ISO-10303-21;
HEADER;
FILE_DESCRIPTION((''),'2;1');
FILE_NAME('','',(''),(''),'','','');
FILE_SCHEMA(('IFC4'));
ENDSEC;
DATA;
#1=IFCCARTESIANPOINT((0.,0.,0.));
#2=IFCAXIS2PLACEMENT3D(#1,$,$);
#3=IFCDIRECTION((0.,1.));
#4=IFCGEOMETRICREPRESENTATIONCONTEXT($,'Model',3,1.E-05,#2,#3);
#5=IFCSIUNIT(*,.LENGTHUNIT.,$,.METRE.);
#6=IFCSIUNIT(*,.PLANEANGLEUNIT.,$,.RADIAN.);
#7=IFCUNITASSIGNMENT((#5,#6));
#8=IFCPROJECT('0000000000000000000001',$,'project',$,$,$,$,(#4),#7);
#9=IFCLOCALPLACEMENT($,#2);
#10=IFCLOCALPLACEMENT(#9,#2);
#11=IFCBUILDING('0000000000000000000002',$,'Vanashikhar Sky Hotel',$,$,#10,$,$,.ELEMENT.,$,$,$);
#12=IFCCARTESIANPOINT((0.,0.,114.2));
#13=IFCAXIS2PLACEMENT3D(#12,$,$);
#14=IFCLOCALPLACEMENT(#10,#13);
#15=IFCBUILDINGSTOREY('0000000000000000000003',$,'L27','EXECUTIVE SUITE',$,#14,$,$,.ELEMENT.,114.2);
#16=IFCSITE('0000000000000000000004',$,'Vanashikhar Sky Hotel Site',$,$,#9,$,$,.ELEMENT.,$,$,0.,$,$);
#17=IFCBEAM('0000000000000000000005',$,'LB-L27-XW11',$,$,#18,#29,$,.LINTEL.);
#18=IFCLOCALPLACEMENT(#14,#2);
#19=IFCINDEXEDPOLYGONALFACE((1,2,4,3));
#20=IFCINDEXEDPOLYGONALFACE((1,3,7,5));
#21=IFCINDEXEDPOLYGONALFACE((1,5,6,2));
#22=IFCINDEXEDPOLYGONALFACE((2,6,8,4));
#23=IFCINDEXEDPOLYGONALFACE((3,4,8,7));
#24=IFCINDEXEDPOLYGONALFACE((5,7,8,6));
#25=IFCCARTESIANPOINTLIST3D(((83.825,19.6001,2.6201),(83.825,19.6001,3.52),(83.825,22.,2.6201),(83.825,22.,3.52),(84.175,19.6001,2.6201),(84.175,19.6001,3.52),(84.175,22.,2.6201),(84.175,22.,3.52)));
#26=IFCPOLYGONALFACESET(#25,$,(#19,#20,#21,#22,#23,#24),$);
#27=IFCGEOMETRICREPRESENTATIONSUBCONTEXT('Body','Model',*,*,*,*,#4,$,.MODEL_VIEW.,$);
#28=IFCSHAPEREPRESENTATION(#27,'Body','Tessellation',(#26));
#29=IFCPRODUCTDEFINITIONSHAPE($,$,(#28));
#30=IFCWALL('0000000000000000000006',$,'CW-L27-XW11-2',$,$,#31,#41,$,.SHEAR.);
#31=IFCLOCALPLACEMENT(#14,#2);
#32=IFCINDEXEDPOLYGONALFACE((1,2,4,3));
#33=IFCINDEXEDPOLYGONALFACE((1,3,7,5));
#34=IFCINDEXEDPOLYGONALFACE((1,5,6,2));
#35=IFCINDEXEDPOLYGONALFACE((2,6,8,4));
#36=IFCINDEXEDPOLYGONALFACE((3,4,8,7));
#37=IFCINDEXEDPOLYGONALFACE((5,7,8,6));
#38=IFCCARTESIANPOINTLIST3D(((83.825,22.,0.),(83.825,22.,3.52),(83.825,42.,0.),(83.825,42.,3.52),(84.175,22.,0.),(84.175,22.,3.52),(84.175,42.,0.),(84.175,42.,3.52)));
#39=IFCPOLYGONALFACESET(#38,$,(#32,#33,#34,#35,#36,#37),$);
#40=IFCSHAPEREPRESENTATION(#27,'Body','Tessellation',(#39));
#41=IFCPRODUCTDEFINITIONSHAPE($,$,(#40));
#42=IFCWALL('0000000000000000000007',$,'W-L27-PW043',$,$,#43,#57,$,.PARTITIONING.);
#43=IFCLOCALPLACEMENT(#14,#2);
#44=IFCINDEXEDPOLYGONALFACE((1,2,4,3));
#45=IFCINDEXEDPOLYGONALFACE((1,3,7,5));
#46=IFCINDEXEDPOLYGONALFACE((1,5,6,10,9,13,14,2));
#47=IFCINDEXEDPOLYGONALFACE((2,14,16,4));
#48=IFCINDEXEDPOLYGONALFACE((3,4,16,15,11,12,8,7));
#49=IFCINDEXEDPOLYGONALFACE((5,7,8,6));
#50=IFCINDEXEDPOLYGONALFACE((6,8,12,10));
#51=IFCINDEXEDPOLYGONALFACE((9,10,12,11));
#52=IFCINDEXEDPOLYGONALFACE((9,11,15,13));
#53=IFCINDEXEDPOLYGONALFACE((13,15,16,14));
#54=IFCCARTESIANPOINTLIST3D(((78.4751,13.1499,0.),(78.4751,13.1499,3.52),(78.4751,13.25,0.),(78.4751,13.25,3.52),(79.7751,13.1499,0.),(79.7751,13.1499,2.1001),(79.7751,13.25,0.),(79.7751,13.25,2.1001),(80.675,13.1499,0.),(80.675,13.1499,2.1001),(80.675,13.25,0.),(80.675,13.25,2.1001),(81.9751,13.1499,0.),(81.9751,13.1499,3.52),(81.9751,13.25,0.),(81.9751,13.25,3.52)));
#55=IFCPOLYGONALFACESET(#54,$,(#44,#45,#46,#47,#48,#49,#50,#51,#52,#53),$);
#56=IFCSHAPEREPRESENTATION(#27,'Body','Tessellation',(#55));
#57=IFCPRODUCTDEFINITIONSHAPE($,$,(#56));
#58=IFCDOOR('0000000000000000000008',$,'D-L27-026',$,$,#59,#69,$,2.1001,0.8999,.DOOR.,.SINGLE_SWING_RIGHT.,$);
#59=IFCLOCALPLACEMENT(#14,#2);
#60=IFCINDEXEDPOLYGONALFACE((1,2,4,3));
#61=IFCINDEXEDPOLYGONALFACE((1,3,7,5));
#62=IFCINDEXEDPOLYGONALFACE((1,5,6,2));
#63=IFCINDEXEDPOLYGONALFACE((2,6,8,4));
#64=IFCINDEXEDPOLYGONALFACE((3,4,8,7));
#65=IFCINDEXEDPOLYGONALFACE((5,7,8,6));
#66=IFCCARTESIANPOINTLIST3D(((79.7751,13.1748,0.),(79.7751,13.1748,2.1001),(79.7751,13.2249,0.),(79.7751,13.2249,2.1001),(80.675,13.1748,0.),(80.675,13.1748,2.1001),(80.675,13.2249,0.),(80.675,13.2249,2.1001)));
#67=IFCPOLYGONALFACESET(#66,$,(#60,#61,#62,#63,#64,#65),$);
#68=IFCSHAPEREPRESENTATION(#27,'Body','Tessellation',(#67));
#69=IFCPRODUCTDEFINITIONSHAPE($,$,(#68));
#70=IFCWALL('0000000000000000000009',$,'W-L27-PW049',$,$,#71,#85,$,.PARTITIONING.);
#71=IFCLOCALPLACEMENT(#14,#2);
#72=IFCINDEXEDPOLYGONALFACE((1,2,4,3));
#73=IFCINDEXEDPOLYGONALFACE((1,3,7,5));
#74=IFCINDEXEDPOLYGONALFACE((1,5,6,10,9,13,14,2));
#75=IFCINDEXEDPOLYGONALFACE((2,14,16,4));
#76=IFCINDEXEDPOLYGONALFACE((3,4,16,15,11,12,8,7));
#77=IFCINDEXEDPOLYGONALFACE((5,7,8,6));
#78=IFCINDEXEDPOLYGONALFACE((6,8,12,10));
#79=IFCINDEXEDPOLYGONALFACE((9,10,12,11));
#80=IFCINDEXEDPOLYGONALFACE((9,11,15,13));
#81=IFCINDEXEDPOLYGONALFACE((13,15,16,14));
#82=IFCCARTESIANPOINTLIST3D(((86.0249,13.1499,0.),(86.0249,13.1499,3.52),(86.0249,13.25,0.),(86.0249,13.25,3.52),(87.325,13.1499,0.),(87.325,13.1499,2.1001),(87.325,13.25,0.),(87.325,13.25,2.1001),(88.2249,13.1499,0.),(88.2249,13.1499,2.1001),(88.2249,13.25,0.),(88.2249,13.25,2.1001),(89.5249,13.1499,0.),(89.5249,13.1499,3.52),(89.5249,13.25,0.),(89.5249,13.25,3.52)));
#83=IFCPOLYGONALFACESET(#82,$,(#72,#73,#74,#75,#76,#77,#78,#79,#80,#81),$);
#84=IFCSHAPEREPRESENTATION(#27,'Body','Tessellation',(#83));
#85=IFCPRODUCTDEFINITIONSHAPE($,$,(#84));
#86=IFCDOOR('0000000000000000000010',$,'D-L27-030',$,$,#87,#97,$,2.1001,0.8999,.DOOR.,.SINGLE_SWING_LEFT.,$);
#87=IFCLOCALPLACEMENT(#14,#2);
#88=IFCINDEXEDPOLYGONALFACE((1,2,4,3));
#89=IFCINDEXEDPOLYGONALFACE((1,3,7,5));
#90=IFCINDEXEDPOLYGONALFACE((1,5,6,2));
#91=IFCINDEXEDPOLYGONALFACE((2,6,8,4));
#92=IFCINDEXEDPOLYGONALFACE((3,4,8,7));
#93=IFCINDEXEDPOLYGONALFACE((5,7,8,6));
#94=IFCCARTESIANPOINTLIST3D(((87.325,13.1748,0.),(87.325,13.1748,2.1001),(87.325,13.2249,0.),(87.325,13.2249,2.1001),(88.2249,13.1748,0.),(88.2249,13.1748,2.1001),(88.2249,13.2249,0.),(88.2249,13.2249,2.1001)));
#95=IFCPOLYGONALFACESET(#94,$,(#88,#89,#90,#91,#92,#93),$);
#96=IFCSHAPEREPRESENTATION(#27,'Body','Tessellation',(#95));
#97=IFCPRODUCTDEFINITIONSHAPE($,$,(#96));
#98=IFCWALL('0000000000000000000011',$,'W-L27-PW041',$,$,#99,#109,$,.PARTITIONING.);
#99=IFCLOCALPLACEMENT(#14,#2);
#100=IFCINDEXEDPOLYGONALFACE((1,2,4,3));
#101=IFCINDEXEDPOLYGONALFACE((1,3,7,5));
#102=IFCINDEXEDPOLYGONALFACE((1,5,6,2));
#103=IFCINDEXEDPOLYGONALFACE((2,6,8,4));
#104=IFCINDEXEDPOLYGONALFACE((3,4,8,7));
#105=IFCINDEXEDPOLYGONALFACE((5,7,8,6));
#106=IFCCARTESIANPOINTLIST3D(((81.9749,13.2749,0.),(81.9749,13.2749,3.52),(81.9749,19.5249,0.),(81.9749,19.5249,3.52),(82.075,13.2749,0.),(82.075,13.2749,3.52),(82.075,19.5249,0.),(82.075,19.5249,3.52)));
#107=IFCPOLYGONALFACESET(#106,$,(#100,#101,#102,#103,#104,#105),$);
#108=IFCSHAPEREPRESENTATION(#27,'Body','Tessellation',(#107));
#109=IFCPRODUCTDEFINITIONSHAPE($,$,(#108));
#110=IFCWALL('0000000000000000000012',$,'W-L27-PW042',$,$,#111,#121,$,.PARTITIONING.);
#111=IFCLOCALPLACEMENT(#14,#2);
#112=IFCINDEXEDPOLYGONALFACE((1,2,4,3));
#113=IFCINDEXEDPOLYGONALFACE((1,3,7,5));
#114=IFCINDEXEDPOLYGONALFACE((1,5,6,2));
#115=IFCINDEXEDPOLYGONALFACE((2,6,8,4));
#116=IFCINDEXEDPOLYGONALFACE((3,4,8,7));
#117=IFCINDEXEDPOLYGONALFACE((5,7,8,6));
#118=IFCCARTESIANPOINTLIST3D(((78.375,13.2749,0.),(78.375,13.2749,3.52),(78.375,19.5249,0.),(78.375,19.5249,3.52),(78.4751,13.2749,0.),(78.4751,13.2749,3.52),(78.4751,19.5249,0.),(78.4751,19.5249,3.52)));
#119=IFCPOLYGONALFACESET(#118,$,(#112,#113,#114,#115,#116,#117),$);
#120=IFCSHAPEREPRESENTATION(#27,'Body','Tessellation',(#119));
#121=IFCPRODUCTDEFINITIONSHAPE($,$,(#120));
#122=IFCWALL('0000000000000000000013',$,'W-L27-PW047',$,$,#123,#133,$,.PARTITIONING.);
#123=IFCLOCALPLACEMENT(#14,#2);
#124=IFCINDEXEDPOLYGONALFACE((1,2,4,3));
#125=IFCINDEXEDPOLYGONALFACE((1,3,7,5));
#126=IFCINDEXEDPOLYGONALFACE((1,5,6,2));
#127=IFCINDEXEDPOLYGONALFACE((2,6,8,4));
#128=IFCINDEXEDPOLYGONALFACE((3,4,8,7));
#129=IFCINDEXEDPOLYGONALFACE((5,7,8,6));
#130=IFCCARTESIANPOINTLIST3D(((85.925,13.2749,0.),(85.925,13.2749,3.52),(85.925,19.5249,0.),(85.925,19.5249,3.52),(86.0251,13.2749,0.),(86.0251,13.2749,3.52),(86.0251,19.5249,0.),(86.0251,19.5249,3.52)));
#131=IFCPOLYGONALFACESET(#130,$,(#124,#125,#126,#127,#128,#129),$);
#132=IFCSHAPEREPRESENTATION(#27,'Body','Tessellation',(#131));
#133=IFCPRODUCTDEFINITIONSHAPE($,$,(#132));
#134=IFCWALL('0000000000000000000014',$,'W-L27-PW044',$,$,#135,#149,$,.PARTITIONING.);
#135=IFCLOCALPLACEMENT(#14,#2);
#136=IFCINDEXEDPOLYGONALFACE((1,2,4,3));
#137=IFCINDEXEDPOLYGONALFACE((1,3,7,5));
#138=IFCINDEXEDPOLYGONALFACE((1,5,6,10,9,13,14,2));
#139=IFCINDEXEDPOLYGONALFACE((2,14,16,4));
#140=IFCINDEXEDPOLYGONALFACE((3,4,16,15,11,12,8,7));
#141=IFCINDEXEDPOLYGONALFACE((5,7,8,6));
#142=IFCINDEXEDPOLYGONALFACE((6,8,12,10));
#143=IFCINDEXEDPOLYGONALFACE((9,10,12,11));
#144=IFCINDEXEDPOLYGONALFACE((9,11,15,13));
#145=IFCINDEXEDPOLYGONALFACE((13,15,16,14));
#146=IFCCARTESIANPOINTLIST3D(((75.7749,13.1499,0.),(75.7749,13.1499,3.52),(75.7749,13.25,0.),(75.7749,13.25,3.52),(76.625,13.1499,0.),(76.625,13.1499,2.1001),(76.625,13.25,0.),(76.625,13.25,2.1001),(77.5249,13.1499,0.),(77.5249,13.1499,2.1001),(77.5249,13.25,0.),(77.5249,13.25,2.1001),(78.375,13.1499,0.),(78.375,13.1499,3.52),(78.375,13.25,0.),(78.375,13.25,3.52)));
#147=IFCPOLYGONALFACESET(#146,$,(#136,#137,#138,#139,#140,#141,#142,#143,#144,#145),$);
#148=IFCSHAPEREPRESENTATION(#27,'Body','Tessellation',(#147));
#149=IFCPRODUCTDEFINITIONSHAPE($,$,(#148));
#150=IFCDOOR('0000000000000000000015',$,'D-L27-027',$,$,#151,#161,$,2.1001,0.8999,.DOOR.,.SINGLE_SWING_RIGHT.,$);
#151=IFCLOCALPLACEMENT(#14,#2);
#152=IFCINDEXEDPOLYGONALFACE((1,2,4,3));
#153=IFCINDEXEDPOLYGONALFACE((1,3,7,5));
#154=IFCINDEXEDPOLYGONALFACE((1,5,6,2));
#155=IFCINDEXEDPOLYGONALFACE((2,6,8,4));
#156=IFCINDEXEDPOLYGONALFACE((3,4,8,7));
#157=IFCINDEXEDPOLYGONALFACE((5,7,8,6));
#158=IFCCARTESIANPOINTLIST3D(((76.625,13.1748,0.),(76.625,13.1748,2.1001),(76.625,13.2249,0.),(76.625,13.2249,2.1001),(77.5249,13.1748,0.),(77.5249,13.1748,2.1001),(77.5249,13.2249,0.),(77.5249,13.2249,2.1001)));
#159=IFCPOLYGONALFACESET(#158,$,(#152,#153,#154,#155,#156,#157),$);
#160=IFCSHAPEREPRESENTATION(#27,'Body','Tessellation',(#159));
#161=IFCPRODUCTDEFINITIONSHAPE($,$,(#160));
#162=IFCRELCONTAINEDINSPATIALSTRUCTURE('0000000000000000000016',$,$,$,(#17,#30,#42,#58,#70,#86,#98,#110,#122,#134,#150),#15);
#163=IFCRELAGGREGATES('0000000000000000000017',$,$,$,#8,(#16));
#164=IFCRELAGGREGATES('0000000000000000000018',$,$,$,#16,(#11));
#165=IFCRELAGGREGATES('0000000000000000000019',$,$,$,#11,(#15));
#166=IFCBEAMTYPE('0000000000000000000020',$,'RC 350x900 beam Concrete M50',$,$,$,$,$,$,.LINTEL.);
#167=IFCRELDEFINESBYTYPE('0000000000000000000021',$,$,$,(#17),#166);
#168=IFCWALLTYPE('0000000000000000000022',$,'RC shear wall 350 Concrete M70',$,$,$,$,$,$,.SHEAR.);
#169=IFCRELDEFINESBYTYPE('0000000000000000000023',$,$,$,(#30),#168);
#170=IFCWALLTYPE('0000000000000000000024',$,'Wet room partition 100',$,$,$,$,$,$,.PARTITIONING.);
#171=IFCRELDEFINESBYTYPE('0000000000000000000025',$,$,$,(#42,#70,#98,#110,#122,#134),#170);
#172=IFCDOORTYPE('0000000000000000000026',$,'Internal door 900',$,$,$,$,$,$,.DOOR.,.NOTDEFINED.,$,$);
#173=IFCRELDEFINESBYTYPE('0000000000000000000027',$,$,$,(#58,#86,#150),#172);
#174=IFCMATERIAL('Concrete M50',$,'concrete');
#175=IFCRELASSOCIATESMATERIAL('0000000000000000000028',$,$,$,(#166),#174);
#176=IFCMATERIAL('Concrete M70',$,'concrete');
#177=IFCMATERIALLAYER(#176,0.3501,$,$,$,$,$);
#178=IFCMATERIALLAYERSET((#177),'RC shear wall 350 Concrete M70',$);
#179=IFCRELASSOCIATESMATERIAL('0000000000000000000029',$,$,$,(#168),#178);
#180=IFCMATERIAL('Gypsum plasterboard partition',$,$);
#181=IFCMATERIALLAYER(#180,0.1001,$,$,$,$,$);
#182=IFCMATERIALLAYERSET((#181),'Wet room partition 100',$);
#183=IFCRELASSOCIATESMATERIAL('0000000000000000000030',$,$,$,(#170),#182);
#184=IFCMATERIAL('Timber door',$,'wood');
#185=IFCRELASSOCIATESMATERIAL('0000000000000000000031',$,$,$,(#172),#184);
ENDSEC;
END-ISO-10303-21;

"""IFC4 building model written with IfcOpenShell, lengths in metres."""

from ifc_helpers import new_model, si_unit, direction, frame, frame_2d, origin, origin_2d, place, context, subcontext, project, spatial, rectangle, extrude, source, transform, mapped, material, layer, layer_set, material_profile, profile_set, type_object, element, fill, save


model = new_model("IFC4")

# Units and contexts
model_context = context("Model", 3, precision=1e-05, world=origin(), true_north=direction((0.0, 1.0)))
body_context = subcontext(model_context, "Body", "Model", "MODEL_VIEW")
ifc_project = project(units=[si_unit("LENGTHUNIT", "METRE"), si_unit("PLANEANGLEUNIT", "RADIAN")], contexts=[model_context])

# Site, building, storey
site_placement = place(None, origin())
site = spatial("IfcSite", under=ifc_project, at=site_placement, Name="Vanashikhar Sky Hotel Site", CompositionType="ELEMENT", RefElevation=0.0)
building_placement = place(site_placement, origin())
building = spatial("IfcBuilding", under=site, at=building_placement, Name="Vanashikhar Sky Hotel", CompositionType="ELEMENT")
storey_placement = place(building_placement, frame((0.0, 0.0, 114.2)))
storey = spatial("IfcBuildingStorey", under=building, at=storey_placement, Name="L27", Description="EXECUTIVE SUITE", CompositionType="ELEMENT", Elevation=114.2)

# Beam
ifc_material_1 = material(Name="Concrete M50", Category="concrete")
ifc_material_profile = material_profile(ifc_material_1, rectangle(XDim=0.3501, YDim=0.8999, at=origin_2d()))
ifc_profile_set = profile_set([ifc_material_profile], Name="RC 350x900 beam Concrete M50")
beam_type = type_object("IfcBeamType", Name="RC 350x900 beam Concrete M50", PredefinedType="LINTEL", material=ifc_profile_set)
shared_shape_1 = source(origin(), body_context, "Body", "SweptSolid", [
    extrude(rectangle(XDim=0.3501, YDim=0.8999, at=origin_2d()), origin(), (0.0, 0.0, 1.0), 2.3999),
])
beam_placement = place(storey_placement, frame((84.0, 19.6001, 3.0701), z_axis=(0.0, 1.0, 0.0), x_axis=(-1.0, 0.0, 0.0)))
element("IfcBeam", 1, at=beam_placement, inside=storey, type_object=beam_type, Name="LB-L27-XW11", PredefinedType="LINTEL", context=body_context, shape_type="MappedRepresentation", body=[
    mapped(shared_shape_1, transform((0.0, 0.0, 0.0), scale=1.0)),
])

# Wall
ifc_material_2 = material(Name="Concrete M70", Category="concrete")
ifc_layer_1 = layer(ifc_material_2, 0.3501)
ifc_layer_set_1 = layer_set([ifc_layer_1], Name="RC shear wall 350 Concrete M70")
wall_type_1 = type_object("IfcWallType", Name="RC shear wall 350 Concrete M70", PredefinedType="SHEAR", material=ifc_layer_set_1)
shared_shape_2 = source(origin(), body_context, "Body", "SweptSolid", [
    extrude(rectangle(XDim=20.0, YDim=0.3501, at=frame_2d((10.0, 0.0))), origin(), (0.0, 0.0, 1.0), 3.52),
])
wall_1_placement = place(storey_placement, frame((84.0, 22.0, 0.0), z_axis=(0.0, 0.0, 1.0), x_axis=(0.0, 1.0, 0.0)))
element("IfcWall", 2, at=wall_1_placement, inside=storey, type_object=wall_type_1, Name="CW-L27-XW11-2", PredefinedType="SHEAR", context=body_context, shape_type="MappedRepresentation", body=[
    mapped(shared_shape_2, transform((0.0, 0.0, 0.0), scale=1.0)),
])

# Walls, openings, doors
ifc_material_3 = material(Name="Gypsum plasterboard partition")
ifc_layer_2 = layer(ifc_material_3, 0.1001)
ifc_layer_set_2 = layer_set([ifc_layer_2], Name="Wet room partition 100")
wall_type_2 = type_object("IfcWallType", Name="Wet room partition 100", PredefinedType="PARTITIONING", material=ifc_layer_set_2)
shared_shape_3 = source(origin(), body_context, "Body", "SweptSolid", [
    extrude(rectangle(XDim=3.5, YDim=0.1001, at=frame_2d((1.75, 0.0))), origin(), (0.0, 0.0, 1.0), 3.52),
])
wall_2_placement = place(storey_placement, frame((78.4751, 13.2, 0.0), z_axis=(0.0, 0.0, 1.0), x_axis=(1.0, 0.0, 0.0)))
wall_2 = element("IfcWall", 3, at=wall_2_placement, inside=storey, type_object=wall_type_2, Name="W-L27-PW043", PredefinedType="PARTITIONING", context=body_context, shape_type="MappedRepresentation", body=[
    mapped(shared_shape_3, transform((0.0, 0.0, 0.0), scale=1.0)),
])
shared_shape_4 = source(origin(), body_context, "Body", "SweptSolid", [
    extrude(rectangle(XDim=0.8999, YDim=2.1001, at=frame_2d((0.45, 1.05))), frame((0.0, 0.0601, 0.0), z_axis=(0.0, -1.0, 0.0), x_axis=(1.0, 0.0, 0.0)), (0.0, 0.0, 1.0), 0.1201),
])
opening_1_placement = place(wall_2_placement, frame((1.3, 0.0, 0.0)))
opening_1 = element("IfcOpeningElement", 4, at=opening_1_placement, cuts=wall_2, PredefinedType="OPENING", context=body_context, shape_type="MappedRepresentation", body=[
    mapped(shared_shape_4, transform((0.0, 0.0, 0.0), scale=1.0)),
])
ifc_material_4 = material(Name="Timber door", Category="wood")
door_type_1 = type_object("IfcDoorType", Name="Internal door 900", OperationType="NOTDEFINED", PredefinedType="DOOR", material=ifc_material_4)
shared_shape_5 = source(origin(), body_context, "Body", "SweptSolid", [
    extrude(rectangle(XDim=0.8999, YDim=2.1001, at=frame_2d((0.45, 1.05))), frame((0.0, 0.0249, 0.0), z_axis=(0.0, -1.0, 0.0), x_axis=(1.0, 0.0, 0.0)), (0.0, 0.0, 1.0), 0.05),
])
door_1_placement = place(opening_1_placement, origin())
door_1 = element("IfcDoor", 5, at=door_1_placement, inside=storey, type_object=door_type_1, Name="D-L27-026", OperationType="SINGLE_SWING_RIGHT", OverallHeight=2.1001, OverallWidth=0.8999, PredefinedType="DOOR", context=body_context, shape_type="MappedRepresentation", body=[
    mapped(shared_shape_5, transform((0.0, 0.0, 0.0), scale=1.0)),
])
fill(opening_1, door_1)
wall_3_placement = place(storey_placement, frame((86.0249, 13.2, 0.0), z_axis=(0.0, 0.0, 1.0), x_axis=(1.0, 0.0, 0.0)))
wall_3 = element("IfcWall", 6, at=wall_3_placement, inside=storey, type_object=wall_type_2, Name="W-L27-PW049", PredefinedType="PARTITIONING", context=body_context, shape_type="MappedRepresentation", body=[
    mapped(shared_shape_3, transform((0.0, 0.0, 0.0), scale=1.0)),
])
opening_2_placement = place(wall_3_placement, frame((1.3, 0.0, 0.0)))
opening_2 = element("IfcOpeningElement", 7, at=opening_2_placement, cuts=wall_3, PredefinedType="OPENING", context=body_context, shape_type="MappedRepresentation", body=[
    mapped(shared_shape_4, transform((0.0, 0.0, 0.0), scale=1.0)),
])
door_2_placement = place(opening_2_placement, origin())
door_2 = element("IfcDoor", 8, at=door_2_placement, inside=storey, type_object=door_type_1, Name="D-L27-030", OperationType="SINGLE_SWING_LEFT", OverallHeight=2.1001, OverallWidth=0.8999, PredefinedType="DOOR", context=body_context, shape_type="MappedRepresentation", body=[
    mapped(shared_shape_5, transform((0.0, 0.0, 0.0), scale=1.0)),
])
fill(opening_2, door_2)

# Walls
shared_shape_6 = source(origin(), body_context, "Body", "SweptSolid", [
    extrude(rectangle(XDim=6.25, YDim=0.1001, at=frame_2d((3.125, 0.0))), origin(), (0.0, 0.0, 1.0), 3.52),
])
for number, where, z_axis, x_axis, name in (
    (9, (82.0249, 13.2749, 0.0), (0.0, 0.0, 1.0), (0.0, 1.0, 0.0), "W-L27-PW041"),
    (10, (78.425, 13.2749, 0.0), (0.0, 0.0, 1.0), (0.0, 1.0, 0.0), "W-L27-PW042"),
    (11, (85.9751, 13.2749, 0.0), (0.0, 0.0, 1.0), (0.0, 1.0, 0.0), "W-L27-PW047"),
):
    element("IfcWall", number, at=place(storey_placement, frame(where, z_axis=z_axis, x_axis=x_axis)), inside=storey, type_object=wall_type_2, Name=name, PredefinedType="PARTITIONING", context=body_context, shape_type="MappedRepresentation", body=[
        mapped(shared_shape_6, transform((0.0, 0.0, 0.0), scale=1.0)),
    ])

# Wall, opening, door
shared_shape_7 = source(origin(), body_context, "Body", "SweptSolid", [
    extrude(rectangle(XDim=2.6001, YDim=0.1001, at=frame_2d((1.3, 0.0))), origin(), (0.0, 0.0, 1.0), 3.52),
])
wall_4_placement = place(storey_placement, frame((75.7749, 13.2, 0.0), z_axis=(0.0, 0.0, 1.0), x_axis=(1.0, 0.0, 0.0)))
wall_4 = element("IfcWall", 12, at=wall_4_placement, inside=storey, type_object=wall_type_2, Name="W-L27-PW044", PredefinedType="PARTITIONING", context=body_context, shape_type="MappedRepresentation", body=[
    mapped(shared_shape_7, transform((0.0, 0.0, 0.0), scale=1.0)),
])
opening_3_placement = place(wall_4_placement, frame((0.8501, 0.0, 0.0)))
opening_3 = element("IfcOpeningElement", 13, at=opening_3_placement, cuts=wall_4, PredefinedType="OPENING", context=body_context, shape_type="MappedRepresentation", body=[
    mapped(shared_shape_4, transform((0.0, 0.0, 0.0), scale=1.0)),
])
door_3_placement = place(opening_3_placement, origin())
door_3 = element("IfcDoor", 14, at=door_3_placement, inside=storey, type_object=door_type_1, Name="D-L27-027", OperationType="SINGLE_SWING_RIGHT", OverallHeight=2.1001, OverallWidth=0.8999, PredefinedType="DOOR", context=body_context, shape_type="MappedRepresentation", body=[
    mapped(shared_shape_5, transform((0.0, 0.0, 0.0), scale=1.0)),
])
fill(opening_3, door_3)

save(model, "model.ifc")
